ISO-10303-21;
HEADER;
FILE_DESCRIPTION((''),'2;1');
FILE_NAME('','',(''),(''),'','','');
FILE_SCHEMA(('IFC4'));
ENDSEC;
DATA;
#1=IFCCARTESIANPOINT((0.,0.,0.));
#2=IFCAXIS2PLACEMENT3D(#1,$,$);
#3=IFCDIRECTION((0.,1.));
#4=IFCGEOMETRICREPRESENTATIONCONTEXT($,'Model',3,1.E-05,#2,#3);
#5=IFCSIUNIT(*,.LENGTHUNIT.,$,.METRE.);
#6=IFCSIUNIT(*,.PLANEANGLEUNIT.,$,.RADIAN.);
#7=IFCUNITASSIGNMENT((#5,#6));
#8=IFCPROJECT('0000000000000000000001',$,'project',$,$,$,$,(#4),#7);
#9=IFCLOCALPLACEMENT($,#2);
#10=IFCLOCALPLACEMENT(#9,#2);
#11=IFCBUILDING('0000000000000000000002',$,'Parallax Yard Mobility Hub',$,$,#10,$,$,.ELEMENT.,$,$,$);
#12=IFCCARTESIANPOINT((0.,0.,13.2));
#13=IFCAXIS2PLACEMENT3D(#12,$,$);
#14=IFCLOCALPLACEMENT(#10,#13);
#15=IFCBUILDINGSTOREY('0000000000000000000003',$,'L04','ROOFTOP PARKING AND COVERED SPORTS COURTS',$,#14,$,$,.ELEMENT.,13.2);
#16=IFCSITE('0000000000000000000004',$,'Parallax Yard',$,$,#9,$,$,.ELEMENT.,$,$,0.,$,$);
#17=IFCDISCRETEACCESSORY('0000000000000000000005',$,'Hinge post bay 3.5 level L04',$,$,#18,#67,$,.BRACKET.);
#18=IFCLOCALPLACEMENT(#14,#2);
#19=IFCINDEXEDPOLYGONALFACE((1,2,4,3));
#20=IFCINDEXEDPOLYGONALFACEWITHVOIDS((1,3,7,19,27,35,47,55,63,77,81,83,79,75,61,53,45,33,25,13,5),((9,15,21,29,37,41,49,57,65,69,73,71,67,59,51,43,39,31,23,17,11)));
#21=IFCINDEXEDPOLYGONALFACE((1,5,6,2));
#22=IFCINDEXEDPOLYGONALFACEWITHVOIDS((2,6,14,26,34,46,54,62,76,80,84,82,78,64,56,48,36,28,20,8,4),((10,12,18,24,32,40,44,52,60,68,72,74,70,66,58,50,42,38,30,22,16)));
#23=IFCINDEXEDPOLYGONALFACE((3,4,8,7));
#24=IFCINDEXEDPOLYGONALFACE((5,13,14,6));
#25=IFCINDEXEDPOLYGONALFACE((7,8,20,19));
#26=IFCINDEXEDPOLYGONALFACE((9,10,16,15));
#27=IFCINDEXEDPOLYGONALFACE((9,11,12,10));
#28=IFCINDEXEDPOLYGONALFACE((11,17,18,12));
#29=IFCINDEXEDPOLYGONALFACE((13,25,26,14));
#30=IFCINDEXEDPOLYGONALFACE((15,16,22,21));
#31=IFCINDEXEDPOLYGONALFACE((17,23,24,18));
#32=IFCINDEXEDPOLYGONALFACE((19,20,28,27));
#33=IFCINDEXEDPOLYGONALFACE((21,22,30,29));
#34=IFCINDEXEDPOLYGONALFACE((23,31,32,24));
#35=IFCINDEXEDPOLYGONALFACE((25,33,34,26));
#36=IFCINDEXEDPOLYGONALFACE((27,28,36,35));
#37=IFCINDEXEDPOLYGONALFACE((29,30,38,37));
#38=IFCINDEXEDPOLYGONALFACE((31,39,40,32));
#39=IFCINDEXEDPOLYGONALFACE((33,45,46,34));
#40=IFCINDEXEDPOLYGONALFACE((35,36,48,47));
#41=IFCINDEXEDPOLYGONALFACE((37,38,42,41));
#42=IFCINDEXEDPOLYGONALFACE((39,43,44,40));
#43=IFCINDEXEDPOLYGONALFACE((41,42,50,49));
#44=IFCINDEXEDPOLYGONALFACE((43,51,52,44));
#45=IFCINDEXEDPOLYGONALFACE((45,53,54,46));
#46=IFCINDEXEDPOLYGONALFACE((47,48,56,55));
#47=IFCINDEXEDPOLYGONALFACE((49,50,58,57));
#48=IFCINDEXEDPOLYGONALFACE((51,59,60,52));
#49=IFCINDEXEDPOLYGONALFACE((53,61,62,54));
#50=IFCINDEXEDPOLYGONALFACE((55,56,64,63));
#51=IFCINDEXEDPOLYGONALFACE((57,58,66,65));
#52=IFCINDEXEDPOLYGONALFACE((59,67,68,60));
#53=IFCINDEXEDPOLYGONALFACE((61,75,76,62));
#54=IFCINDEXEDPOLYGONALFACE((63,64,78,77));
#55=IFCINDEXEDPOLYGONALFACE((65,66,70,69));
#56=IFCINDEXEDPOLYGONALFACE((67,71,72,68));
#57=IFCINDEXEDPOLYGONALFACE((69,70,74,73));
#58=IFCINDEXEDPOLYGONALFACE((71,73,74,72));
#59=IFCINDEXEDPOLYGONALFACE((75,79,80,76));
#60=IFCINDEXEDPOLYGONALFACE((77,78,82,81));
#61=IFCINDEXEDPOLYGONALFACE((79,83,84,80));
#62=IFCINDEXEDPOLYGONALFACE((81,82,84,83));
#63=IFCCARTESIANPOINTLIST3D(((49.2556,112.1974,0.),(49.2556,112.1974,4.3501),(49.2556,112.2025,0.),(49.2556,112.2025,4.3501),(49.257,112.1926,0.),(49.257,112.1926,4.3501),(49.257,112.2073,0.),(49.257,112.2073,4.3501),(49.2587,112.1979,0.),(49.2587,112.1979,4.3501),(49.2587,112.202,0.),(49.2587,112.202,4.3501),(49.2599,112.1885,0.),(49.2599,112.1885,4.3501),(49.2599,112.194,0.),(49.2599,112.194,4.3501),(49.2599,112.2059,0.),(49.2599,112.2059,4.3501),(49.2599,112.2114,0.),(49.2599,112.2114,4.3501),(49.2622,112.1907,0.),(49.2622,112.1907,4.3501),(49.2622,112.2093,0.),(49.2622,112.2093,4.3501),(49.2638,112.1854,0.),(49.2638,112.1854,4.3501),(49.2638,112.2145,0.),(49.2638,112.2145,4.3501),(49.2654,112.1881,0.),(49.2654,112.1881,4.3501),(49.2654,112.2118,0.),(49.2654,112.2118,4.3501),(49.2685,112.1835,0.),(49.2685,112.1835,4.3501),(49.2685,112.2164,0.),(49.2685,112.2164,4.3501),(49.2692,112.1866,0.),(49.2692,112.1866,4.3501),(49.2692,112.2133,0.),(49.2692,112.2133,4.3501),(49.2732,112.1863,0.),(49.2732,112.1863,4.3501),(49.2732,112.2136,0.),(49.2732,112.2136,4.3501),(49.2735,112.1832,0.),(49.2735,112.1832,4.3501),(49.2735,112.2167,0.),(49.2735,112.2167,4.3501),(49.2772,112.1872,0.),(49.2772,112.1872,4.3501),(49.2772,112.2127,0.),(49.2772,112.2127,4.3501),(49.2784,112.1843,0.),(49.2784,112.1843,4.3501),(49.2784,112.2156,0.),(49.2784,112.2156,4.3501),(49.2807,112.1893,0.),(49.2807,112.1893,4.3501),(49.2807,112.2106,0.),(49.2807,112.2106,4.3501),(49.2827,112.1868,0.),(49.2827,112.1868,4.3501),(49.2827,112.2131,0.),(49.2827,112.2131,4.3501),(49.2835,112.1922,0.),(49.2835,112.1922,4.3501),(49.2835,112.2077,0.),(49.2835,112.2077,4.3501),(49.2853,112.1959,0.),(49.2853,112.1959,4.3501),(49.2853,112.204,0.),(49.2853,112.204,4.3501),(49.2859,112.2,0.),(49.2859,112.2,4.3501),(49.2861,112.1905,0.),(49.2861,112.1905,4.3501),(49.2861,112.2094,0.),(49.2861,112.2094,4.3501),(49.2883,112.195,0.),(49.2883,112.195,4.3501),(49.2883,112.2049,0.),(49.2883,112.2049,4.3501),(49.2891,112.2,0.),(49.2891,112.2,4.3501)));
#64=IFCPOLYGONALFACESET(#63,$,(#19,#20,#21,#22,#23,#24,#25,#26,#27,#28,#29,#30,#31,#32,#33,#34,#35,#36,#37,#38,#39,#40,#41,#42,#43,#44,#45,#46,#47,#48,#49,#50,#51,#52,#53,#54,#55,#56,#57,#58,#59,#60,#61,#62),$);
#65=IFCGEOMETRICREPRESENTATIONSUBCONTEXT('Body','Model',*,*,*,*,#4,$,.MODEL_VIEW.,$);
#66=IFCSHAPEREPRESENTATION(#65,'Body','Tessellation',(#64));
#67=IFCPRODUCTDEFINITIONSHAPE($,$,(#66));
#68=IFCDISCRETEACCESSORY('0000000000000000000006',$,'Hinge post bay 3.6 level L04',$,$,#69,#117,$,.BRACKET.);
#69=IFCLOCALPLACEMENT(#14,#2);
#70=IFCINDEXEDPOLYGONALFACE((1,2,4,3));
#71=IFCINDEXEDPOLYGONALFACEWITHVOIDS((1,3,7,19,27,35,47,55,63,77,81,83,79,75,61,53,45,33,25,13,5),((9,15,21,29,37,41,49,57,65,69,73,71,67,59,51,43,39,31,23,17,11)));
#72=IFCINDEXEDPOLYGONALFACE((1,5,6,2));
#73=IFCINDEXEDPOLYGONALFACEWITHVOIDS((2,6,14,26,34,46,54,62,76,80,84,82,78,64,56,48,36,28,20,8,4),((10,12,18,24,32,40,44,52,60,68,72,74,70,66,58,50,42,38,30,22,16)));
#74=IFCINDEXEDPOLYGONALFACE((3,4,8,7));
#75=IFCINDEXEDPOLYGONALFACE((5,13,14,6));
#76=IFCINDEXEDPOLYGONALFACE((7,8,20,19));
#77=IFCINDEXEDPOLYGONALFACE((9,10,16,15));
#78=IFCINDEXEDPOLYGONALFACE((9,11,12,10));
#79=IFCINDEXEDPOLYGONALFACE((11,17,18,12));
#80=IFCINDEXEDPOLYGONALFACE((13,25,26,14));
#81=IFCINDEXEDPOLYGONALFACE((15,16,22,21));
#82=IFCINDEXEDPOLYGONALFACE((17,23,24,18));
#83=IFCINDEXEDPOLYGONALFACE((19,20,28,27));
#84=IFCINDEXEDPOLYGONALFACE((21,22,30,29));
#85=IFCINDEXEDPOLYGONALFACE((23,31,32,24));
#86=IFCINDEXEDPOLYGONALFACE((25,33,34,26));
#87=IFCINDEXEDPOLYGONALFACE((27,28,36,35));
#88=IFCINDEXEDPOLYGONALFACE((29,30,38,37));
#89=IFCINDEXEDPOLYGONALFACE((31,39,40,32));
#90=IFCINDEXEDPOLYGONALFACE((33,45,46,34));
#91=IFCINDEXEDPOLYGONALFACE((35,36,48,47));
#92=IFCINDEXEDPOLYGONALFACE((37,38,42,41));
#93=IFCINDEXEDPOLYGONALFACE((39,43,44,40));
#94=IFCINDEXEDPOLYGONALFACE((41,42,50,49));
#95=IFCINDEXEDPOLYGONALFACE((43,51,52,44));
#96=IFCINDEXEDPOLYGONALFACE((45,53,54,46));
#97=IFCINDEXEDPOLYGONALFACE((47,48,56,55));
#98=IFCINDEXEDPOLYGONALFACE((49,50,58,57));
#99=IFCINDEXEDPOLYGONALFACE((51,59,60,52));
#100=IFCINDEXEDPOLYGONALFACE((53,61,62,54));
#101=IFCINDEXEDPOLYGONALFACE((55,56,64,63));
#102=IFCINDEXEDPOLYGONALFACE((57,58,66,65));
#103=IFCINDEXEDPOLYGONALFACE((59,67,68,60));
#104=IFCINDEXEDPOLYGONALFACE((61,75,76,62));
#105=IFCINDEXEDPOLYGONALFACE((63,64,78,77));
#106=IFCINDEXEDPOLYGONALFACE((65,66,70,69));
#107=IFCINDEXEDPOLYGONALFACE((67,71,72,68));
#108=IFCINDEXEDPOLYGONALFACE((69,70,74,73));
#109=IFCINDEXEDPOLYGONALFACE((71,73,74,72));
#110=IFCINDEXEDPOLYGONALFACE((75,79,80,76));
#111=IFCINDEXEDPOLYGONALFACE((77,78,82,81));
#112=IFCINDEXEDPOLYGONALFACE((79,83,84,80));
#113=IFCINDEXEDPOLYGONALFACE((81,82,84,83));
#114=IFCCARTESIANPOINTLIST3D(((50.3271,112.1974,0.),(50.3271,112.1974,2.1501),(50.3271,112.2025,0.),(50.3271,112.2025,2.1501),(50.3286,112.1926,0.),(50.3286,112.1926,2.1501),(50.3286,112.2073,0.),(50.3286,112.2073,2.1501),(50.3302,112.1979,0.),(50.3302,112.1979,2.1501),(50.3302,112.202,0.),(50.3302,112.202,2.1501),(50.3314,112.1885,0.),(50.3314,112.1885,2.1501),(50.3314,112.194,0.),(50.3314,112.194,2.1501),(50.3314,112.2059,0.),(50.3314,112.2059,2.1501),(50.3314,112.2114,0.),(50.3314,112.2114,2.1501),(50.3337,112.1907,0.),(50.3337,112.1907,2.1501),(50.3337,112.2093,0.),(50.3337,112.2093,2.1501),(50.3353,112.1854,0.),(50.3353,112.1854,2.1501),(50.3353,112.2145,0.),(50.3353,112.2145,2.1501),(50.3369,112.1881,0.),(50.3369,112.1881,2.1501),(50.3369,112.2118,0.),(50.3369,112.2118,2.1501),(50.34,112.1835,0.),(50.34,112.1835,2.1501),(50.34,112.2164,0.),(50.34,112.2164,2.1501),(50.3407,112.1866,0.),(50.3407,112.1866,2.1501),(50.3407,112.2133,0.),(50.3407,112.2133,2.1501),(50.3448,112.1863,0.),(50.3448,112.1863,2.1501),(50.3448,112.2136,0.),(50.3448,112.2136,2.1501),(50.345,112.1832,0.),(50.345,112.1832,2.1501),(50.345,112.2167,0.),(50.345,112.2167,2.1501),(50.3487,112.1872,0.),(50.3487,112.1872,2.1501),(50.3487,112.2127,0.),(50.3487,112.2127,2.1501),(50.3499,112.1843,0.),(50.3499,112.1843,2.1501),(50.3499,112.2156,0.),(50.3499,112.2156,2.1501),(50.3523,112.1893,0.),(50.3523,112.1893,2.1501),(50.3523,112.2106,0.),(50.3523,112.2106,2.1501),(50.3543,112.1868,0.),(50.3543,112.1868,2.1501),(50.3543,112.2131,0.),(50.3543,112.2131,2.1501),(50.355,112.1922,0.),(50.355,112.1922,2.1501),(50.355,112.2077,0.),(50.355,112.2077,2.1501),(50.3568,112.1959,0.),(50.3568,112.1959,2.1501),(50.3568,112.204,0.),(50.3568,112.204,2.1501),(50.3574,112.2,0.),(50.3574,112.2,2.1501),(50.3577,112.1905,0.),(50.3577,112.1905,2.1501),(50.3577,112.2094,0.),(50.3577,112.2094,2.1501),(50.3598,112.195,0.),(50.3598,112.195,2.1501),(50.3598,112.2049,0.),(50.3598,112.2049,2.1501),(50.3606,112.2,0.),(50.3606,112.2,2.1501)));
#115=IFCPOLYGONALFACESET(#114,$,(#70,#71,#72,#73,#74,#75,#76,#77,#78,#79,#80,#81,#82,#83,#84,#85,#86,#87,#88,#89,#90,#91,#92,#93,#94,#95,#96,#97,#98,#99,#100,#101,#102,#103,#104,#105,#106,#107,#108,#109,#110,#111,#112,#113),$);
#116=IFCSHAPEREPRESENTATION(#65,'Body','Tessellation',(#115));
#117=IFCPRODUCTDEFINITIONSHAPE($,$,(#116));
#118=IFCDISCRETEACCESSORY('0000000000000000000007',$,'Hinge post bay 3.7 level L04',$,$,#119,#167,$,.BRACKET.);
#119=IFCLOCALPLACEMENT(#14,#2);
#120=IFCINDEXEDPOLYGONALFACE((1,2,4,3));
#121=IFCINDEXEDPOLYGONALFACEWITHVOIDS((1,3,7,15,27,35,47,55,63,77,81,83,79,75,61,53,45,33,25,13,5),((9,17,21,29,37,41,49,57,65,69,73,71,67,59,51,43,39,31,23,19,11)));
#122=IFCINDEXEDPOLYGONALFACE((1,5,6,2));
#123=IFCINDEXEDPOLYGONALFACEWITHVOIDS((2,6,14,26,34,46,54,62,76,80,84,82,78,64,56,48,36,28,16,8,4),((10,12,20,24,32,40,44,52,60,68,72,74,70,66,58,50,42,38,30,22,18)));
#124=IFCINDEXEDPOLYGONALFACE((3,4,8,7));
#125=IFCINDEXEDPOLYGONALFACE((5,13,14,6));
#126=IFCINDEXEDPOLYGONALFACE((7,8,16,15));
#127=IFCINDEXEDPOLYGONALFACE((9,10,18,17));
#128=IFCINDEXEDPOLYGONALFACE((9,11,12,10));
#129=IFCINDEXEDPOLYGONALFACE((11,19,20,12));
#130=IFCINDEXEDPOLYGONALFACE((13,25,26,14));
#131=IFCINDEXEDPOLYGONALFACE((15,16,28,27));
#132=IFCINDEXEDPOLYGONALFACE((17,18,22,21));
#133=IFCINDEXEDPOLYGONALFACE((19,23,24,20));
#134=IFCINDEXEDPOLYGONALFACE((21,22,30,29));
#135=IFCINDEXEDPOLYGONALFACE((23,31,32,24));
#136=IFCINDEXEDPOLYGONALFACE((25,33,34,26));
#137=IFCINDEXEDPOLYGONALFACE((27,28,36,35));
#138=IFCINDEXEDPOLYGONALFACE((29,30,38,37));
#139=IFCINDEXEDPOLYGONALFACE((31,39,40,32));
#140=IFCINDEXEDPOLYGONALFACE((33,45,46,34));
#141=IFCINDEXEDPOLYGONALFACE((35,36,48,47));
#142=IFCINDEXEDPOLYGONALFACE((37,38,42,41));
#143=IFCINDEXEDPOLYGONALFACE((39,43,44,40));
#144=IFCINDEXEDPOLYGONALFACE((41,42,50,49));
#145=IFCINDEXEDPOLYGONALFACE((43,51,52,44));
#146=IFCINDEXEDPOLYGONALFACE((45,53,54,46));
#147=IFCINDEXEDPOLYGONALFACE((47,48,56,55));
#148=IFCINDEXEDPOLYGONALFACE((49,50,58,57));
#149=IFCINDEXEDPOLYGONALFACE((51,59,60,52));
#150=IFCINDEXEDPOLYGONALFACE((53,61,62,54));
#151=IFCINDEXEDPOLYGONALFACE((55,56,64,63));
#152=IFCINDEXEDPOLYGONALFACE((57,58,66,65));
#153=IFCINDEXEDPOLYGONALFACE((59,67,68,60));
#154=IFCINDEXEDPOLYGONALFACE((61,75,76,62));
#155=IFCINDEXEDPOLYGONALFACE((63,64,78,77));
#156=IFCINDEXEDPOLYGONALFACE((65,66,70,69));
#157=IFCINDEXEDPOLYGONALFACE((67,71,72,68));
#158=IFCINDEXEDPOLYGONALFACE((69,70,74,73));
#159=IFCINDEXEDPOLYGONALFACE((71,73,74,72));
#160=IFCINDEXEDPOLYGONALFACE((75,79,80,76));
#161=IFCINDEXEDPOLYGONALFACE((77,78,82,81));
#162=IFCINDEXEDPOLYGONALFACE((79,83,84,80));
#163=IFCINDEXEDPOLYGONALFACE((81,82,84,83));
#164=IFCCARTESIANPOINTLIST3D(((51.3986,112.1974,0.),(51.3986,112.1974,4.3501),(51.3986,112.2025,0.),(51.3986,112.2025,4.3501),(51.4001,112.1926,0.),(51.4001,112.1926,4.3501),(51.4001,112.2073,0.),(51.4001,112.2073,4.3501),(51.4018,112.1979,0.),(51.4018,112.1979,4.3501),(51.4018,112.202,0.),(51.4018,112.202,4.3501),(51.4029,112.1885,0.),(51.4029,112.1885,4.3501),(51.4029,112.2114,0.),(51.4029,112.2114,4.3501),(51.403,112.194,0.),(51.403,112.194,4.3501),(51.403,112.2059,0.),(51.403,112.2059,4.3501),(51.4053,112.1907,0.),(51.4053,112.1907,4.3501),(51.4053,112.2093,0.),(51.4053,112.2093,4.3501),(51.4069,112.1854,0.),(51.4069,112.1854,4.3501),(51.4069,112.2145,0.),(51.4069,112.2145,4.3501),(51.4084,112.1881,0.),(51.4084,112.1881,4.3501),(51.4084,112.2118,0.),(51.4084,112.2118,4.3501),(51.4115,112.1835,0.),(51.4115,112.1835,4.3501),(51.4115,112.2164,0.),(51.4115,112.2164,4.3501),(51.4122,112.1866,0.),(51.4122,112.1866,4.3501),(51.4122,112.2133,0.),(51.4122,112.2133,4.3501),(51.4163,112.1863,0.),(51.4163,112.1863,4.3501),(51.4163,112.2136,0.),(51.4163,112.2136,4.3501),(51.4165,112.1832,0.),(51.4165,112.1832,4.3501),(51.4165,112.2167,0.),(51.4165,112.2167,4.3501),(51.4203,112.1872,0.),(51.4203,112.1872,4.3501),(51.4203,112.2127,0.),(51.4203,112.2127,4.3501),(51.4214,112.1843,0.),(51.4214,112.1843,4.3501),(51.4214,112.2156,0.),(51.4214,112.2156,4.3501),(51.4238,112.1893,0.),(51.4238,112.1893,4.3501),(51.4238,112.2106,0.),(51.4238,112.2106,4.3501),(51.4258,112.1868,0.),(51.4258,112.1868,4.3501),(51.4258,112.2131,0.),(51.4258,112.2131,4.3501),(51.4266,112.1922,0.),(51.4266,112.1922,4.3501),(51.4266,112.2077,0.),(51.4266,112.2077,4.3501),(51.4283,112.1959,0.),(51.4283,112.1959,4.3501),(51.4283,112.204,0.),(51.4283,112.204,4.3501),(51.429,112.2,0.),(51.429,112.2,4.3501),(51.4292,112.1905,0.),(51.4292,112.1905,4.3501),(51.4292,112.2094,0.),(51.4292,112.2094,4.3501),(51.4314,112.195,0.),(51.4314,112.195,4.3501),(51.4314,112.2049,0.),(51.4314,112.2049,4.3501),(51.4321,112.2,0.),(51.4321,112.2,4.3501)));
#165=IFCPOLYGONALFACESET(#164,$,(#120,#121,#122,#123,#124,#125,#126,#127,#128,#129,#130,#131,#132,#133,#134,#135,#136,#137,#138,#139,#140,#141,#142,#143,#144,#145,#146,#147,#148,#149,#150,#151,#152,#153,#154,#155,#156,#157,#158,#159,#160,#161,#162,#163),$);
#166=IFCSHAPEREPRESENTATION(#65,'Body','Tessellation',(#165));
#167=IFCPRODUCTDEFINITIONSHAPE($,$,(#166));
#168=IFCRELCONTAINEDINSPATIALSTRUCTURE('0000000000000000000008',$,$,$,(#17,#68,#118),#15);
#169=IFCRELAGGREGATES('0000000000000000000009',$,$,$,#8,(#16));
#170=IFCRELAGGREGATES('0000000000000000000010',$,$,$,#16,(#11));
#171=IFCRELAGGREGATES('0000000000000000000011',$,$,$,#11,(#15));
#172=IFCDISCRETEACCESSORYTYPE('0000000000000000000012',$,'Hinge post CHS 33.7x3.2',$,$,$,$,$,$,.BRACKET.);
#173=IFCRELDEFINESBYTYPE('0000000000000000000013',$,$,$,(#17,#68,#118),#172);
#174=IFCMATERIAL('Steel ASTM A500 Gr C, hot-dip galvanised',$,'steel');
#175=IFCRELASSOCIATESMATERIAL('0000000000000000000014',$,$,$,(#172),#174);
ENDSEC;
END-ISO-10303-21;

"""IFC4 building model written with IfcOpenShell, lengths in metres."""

from ifc_helpers import new_model, si_unit, direction, frame, origin, origin_2d, place, context, subcontext, project, spatial, hollow_circle, extrude, material, material_profile, profile_set, type_object, element, save


model = new_model("IFC4")

# Units and contexts
model_context = context("Model", 3, precision=1e-05, world=origin(), true_north=direction((0.0, 1.0)))
body_context = subcontext(model_context, "Body", "Model", "MODEL_VIEW")
ifc_project = project(units=[si_unit("LENGTHUNIT", "METRE"), si_unit("PLANEANGLEUNIT", "RADIAN")], contexts=[model_context])

# Site, building, storey
site_placement = place(None, origin())
site = spatial("IfcSite", under=ifc_project, at=site_placement, Name="Parallax Yard", CompositionType="ELEMENT", RefElevation=0.0)
building_placement = place(site_placement, origin())
building = spatial("IfcBuilding", under=site, at=building_placement, Name="Parallax Yard Mobility Hub", CompositionType="ELEMENT")
storey_placement = place(building_placement, frame((0.0, 0.0, 13.2)))
storey = spatial("IfcBuildingStorey", under=building, at=storey_placement, Name="L04", Description="ROOFTOP PARKING AND COVERED SPORTS COURTS", CompositionType="ELEMENT", Elevation=13.2)

# Discrete accessories
ifc_material_1 = material(Name="Steel ASTM A500 Gr C, hot-dip galvanised", Category="steel")
ifc_material_profile_1 = material_profile(ifc_material_1, hollow_circle(Radius=0.0168, WallThickness=0.0032, at=origin_2d()), Name="CHS 33.7x3.2")
ifc_profile_set_1 = profile_set([ifc_material_profile_1], Name="Steel ASTM A500 Gr C, hot-dip galvanised")
discrete_accessory_type_1 = type_object("IfcDiscreteAccessoryType", Name="Hinge post CHS 33.7x3.2", PredefinedType="BRACKET", material=ifc_profile_set_1)
discrete_accessory_1_placement = place(storey_placement, frame((49.2722, 112.2, 0.0), z_axis=(0.0, 0.0, 1.0), x_axis=(1.0, 0.0, 0.0)))
element("IfcDiscreteAccessory", 1, at=discrete_accessory_1_placement, inside=storey, type_object=discrete_accessory_type_1, Name="Hinge post bay 3.5 level L04", PredefinedType="BRACKET", context=body_context, shape_type="SweptSolid", body=[
    extrude(hollow_circle(Radius=0.0168, WallThickness=0.0032, at=origin_2d()), origin(), (0.0, 0.0, 1.0), 4.3501),
])
discrete_accessory_2_placement = place(storey_placement, frame((50.3438, 112.2, 0.0), z_axis=(0.0, 0.0, 1.0), x_axis=(1.0, 0.0, 0.0)))
element("IfcDiscreteAccessory", 2, at=discrete_accessory_2_placement, inside=storey, type_object=discrete_accessory_type_1, Name="Hinge post bay 3.6 level L04", PredefinedType="BRACKET", context=body_context, shape_type="SweptSolid", body=[
    extrude(hollow_circle(Radius=0.0168, WallThickness=0.0032, at=origin_2d()), origin(), (0.0, 0.0, 1.0), 2.1501),
])
for number, where, z_axis, x_axis, name in (
    (3, (51.4153, 112.2, 0.0), (0.0, 0.0, 1.0), (1.0, 0.0, 0.0), "Hinge post bay 3.7 level L04"),
):
    element("IfcDiscreteAccessory", number, at=place(storey_placement, frame(where, z_axis=z_axis, x_axis=x_axis)), inside=storey, type_object=discrete_accessory_type_1, Name=name, PredefinedType="BRACKET", context=body_context, shape_type="SweptSolid", body=[
        extrude(hollow_circle(Radius=0.0168, WallThickness=0.0032, at=origin_2d()), origin(), (0.0, 0.0, 1.0), 4.3501),
    ])

save(model, "model.ifc")
